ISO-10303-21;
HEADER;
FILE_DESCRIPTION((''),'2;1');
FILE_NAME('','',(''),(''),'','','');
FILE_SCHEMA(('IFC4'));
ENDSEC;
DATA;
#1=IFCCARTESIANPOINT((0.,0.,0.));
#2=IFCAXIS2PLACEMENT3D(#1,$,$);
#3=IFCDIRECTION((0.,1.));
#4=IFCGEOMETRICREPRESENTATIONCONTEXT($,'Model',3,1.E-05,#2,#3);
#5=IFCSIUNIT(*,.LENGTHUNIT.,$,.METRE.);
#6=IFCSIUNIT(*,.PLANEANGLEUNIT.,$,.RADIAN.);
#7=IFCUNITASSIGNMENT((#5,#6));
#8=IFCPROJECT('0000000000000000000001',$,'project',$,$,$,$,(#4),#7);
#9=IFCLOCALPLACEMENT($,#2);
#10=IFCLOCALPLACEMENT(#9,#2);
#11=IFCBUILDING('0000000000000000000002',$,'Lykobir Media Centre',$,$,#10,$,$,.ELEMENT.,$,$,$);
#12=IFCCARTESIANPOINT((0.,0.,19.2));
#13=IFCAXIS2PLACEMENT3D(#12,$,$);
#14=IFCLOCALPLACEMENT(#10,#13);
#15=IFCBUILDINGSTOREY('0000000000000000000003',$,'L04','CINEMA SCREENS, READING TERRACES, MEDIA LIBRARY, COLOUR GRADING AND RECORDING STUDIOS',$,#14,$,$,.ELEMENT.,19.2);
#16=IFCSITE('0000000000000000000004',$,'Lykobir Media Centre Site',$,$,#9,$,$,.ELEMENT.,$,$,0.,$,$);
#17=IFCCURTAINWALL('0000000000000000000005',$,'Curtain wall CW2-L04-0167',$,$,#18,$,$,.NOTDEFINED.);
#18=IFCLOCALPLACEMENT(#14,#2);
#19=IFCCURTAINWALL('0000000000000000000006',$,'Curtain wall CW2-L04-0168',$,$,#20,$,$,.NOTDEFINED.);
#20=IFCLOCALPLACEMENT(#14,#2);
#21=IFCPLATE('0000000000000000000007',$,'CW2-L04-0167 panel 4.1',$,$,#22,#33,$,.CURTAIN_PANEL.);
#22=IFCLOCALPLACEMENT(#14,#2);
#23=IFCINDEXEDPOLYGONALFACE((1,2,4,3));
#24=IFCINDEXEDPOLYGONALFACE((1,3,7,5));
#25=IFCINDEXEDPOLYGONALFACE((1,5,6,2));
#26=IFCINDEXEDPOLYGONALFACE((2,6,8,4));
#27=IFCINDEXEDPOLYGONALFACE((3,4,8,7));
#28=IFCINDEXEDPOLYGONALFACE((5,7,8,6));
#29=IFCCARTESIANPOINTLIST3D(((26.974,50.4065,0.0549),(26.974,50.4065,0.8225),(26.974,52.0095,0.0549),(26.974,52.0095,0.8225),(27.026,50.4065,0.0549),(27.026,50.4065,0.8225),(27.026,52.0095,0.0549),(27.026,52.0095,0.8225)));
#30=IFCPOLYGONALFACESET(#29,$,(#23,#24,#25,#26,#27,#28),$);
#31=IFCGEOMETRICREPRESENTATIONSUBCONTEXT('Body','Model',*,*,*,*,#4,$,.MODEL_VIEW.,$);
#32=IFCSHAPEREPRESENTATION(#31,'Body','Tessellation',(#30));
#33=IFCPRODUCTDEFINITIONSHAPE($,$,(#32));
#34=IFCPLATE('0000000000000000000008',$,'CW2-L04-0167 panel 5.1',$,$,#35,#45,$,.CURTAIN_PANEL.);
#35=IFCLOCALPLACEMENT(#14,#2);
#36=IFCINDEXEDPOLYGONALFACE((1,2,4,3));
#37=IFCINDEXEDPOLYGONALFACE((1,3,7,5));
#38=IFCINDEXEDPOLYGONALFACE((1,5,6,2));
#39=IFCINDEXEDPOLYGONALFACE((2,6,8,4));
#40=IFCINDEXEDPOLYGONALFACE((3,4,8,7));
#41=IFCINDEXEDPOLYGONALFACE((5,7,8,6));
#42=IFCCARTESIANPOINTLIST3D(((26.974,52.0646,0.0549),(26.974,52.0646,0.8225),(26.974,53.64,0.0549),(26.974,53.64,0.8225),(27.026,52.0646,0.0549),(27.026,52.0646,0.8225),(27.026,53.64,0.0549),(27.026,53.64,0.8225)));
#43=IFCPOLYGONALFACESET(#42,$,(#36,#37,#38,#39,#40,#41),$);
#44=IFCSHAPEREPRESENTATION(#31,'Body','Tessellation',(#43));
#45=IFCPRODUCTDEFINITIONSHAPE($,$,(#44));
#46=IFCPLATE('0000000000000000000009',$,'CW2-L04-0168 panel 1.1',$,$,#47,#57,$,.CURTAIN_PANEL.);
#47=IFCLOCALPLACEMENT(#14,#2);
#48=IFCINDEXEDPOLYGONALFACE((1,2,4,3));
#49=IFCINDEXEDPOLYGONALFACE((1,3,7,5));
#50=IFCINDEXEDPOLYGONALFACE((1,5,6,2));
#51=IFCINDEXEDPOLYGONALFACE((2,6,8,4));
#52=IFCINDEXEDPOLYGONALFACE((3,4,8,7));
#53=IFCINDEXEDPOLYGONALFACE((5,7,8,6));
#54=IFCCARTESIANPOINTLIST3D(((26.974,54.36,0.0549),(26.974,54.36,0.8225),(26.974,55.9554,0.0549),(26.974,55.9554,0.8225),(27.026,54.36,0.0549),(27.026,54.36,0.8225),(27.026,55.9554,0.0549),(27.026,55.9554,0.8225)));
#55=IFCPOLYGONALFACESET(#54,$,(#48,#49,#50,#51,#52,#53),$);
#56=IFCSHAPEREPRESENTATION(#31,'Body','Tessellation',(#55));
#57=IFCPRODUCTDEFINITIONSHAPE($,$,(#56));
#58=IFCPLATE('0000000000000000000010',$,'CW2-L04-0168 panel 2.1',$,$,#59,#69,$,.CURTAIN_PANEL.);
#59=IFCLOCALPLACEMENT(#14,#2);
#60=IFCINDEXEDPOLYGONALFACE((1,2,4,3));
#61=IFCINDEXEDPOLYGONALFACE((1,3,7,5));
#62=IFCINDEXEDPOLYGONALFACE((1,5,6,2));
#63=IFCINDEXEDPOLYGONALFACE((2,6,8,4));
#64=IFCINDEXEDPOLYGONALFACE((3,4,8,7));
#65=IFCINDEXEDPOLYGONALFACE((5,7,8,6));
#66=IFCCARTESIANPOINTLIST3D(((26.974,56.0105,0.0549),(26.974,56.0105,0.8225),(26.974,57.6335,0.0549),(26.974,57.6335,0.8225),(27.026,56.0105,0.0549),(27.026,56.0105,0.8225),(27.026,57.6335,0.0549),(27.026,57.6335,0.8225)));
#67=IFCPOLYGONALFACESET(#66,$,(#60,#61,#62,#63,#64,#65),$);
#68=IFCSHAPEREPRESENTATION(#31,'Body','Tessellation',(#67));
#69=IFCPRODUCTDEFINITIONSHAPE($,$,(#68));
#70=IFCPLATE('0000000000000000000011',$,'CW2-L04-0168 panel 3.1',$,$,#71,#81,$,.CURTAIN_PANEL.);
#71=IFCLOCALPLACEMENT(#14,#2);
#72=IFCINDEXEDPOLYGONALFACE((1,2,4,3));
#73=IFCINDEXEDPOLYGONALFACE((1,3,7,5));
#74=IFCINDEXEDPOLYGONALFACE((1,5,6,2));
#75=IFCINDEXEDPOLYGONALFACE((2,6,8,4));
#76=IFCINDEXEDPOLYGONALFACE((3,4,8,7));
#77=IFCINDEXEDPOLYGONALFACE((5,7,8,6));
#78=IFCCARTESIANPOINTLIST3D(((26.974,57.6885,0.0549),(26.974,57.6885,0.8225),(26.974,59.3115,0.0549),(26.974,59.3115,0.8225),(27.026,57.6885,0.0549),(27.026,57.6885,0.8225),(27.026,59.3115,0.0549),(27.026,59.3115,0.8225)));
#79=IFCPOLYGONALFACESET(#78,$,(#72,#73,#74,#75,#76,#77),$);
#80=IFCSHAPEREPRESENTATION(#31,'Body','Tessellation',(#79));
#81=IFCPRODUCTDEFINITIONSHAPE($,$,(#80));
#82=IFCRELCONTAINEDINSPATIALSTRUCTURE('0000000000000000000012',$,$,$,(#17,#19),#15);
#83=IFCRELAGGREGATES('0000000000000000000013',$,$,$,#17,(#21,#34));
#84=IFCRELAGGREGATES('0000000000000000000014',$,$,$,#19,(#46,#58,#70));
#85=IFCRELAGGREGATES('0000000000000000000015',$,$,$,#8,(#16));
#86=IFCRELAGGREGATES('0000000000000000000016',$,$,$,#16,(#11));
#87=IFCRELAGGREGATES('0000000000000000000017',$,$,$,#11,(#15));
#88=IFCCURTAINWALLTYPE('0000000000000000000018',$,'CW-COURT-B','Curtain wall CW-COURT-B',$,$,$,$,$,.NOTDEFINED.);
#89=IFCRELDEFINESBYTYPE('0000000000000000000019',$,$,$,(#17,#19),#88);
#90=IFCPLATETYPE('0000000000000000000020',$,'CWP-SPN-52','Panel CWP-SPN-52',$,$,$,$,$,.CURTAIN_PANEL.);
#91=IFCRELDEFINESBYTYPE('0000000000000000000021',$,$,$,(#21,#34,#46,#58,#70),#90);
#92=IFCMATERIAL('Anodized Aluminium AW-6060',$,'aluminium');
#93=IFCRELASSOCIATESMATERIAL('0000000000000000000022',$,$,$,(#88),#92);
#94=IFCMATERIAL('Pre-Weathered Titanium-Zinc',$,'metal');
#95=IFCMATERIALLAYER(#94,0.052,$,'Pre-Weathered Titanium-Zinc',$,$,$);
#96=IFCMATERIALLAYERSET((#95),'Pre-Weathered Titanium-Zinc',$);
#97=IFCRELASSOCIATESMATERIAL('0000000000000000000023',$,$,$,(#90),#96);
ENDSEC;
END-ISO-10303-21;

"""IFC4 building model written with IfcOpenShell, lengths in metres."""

from ifc_helpers import new_model, si_unit, direction, frame, origin, origin_2d, place, context, subcontext, project, spatial, rectangle, extrude, material, layer, layer_set, type_object, element, aggregate, save


model = new_model("IFC4")

# Units and contexts
model_context = context("Model", 3, precision=1e-05, world=origin(), true_north=direction((0.0, 1.0)))
body_context = subcontext(model_context, "Body", "Model", "MODEL_VIEW")
ifc_project = project(units=[si_unit("LENGTHUNIT", "METRE"), si_unit("PLANEANGLEUNIT", "RADIAN")], contexts=[model_context])

# Site, building, storey
site_placement = place(None, origin())
site = spatial("IfcSite", under=ifc_project, at=site_placement, Name="Lykobir Media Centre Site", CompositionType="ELEMENT", RefElevation=0.0)
building_placement = place(site_placement, origin())
building = spatial("IfcBuilding", under=site, at=building_placement, Name="Lykobir Media Centre", CompositionType="ELEMENT")
storey_placement = place(building_placement, frame((0.0, 0.0, 19.2)))
storey = spatial("IfcBuildingStorey", under=building, at=storey_placement, Name="L04", Description="CINEMA SCREENS, READING TERRACES, MEDIA LIBRARY, COLOUR GRADING AND RECORDING STUDIOS", CompositionType="ELEMENT", Elevation=19.2)

# Curtain walls
ifc_material_1 = material(Name="Anodized Aluminium AW-6060", Category="aluminium")
curtain_wall_type = type_object("IfcCurtainWallType", Name="CW-COURT-B", Description="Curtain wall CW-COURT-B", PredefinedType="NOTDEFINED", material=ifc_material_1)
curtain_wall_1_placement = place(storey_placement, origin())
curtain_wall_1 = element("IfcCurtainWall", 1, at=curtain_wall_1_placement, inside=storey, type_object=curtain_wall_type, Name="Curtain wall CW2-L04-0167", PredefinedType="NOTDEFINED")
curtain_wall_2_placement = place(storey_placement, origin())
curtain_wall_2 = element("IfcCurtainWall", 2, at=curtain_wall_2_placement, inside=storey, type_object=curtain_wall_type, Name="Curtain wall CW2-L04-0168", PredefinedType="NOTDEFINED")

# Plates
ifc_material_2 = material(Name="Pre-Weathered Titanium-Zinc", Category="metal")
ifc_layer_1 = layer(ifc_material_2, 0.052, Name="Pre-Weathered Titanium-Zinc")
ifc_layer_set_1 = layer_set([ifc_layer_1], Name="Pre-Weathered Titanium-Zinc")
plate_type_1 = type_object("IfcPlateType", Name="CWP-SPN-52", Description="Panel CWP-SPN-52", PredefinedType="CURTAIN_PANEL", material=ifc_layer_set_1)
plate_1_placement = place(storey_placement, frame((27.0, 51.208, 0.0549), z_axis=(0.0, 0.0, 1.0), x_axis=(0.0, 1.0, 0.0)))
plate_1 = element("IfcPlate", 3, at=plate_1_placement, type_object=plate_type_1, Name="CW2-L04-0167 panel 4.1", PredefinedType="CURTAIN_PANEL", context=body_context, shape_type="SweptSolid", body=[
    extrude(rectangle(XDim=1.603, YDim=0.052, at=origin_2d()), origin(), (0.0, 0.0, 1.0), 0.7676),
])
plate_2_placement = place(storey_placement, frame((27.0, 52.8523, 0.0549), z_axis=(0.0, 0.0, 1.0), x_axis=(0.0, 1.0, 0.0)))
plate_2 = element("IfcPlate", 4, at=plate_2_placement, type_object=plate_type_1, Name="CW2-L04-0167 panel 5.1", PredefinedType="CURTAIN_PANEL", context=body_context, shape_type="SweptSolid", body=[
    extrude(rectangle(XDim=1.5754, YDim=0.052, at=origin_2d()), origin(), (0.0, 0.0, 1.0), 0.7676),
])
aggregate(curtain_wall_1, [plate_1, plate_2])
plate_3_placement = place(storey_placement, frame((27.0, 55.1577, 0.0549), z_axis=(0.0, 0.0, 1.0), x_axis=(0.0, 1.0, 0.0)))
plate_3 = element("IfcPlate", 5, at=plate_3_placement, type_object=plate_type_1, Name="CW2-L04-0168 panel 1.1", PredefinedType="CURTAIN_PANEL", context=body_context, shape_type="SweptSolid", body=[
    extrude(rectangle(XDim=1.5955, YDim=0.052, at=origin_2d()), origin(), (0.0, 0.0, 1.0), 0.7676),
])
plate_4_placement = place(storey_placement, frame((27.0, 56.822, 0.0549), z_axis=(0.0, 0.0, 1.0), x_axis=(0.0, 1.0, 0.0)))
plate_4 = element("IfcPlate", 6, at=plate_4_placement, type_object=plate_type_1, Name="CW2-L04-0168 panel 2.1", PredefinedType="CURTAIN_PANEL", context=body_context, shape_type="SweptSolid", body=[
    extrude(rectangle(XDim=1.623, YDim=0.052, at=origin_2d()), origin(), (0.0, 0.0, 1.0), 0.7676),
])
plate_5_placement = place(storey_placement, frame((27.0, 58.5, 0.0549), z_axis=(0.0, 0.0, 1.0), x_axis=(0.0, 1.0, 0.0)))
plate_5 = element("IfcPlate", 7, at=plate_5_placement, type_object=plate_type_1, Name="CW2-L04-0168 panel 3.1", PredefinedType="CURTAIN_PANEL", context=body_context, shape_type="SweptSolid", body=[
    extrude(rectangle(XDim=1.623, YDim=0.052, at=origin_2d()), origin(), (0.0, 0.0, 1.0), 0.7676),
])
aggregate(curtain_wall_2, [plate_3, plate_4, plate_5])

save(model, "model.ifc")
